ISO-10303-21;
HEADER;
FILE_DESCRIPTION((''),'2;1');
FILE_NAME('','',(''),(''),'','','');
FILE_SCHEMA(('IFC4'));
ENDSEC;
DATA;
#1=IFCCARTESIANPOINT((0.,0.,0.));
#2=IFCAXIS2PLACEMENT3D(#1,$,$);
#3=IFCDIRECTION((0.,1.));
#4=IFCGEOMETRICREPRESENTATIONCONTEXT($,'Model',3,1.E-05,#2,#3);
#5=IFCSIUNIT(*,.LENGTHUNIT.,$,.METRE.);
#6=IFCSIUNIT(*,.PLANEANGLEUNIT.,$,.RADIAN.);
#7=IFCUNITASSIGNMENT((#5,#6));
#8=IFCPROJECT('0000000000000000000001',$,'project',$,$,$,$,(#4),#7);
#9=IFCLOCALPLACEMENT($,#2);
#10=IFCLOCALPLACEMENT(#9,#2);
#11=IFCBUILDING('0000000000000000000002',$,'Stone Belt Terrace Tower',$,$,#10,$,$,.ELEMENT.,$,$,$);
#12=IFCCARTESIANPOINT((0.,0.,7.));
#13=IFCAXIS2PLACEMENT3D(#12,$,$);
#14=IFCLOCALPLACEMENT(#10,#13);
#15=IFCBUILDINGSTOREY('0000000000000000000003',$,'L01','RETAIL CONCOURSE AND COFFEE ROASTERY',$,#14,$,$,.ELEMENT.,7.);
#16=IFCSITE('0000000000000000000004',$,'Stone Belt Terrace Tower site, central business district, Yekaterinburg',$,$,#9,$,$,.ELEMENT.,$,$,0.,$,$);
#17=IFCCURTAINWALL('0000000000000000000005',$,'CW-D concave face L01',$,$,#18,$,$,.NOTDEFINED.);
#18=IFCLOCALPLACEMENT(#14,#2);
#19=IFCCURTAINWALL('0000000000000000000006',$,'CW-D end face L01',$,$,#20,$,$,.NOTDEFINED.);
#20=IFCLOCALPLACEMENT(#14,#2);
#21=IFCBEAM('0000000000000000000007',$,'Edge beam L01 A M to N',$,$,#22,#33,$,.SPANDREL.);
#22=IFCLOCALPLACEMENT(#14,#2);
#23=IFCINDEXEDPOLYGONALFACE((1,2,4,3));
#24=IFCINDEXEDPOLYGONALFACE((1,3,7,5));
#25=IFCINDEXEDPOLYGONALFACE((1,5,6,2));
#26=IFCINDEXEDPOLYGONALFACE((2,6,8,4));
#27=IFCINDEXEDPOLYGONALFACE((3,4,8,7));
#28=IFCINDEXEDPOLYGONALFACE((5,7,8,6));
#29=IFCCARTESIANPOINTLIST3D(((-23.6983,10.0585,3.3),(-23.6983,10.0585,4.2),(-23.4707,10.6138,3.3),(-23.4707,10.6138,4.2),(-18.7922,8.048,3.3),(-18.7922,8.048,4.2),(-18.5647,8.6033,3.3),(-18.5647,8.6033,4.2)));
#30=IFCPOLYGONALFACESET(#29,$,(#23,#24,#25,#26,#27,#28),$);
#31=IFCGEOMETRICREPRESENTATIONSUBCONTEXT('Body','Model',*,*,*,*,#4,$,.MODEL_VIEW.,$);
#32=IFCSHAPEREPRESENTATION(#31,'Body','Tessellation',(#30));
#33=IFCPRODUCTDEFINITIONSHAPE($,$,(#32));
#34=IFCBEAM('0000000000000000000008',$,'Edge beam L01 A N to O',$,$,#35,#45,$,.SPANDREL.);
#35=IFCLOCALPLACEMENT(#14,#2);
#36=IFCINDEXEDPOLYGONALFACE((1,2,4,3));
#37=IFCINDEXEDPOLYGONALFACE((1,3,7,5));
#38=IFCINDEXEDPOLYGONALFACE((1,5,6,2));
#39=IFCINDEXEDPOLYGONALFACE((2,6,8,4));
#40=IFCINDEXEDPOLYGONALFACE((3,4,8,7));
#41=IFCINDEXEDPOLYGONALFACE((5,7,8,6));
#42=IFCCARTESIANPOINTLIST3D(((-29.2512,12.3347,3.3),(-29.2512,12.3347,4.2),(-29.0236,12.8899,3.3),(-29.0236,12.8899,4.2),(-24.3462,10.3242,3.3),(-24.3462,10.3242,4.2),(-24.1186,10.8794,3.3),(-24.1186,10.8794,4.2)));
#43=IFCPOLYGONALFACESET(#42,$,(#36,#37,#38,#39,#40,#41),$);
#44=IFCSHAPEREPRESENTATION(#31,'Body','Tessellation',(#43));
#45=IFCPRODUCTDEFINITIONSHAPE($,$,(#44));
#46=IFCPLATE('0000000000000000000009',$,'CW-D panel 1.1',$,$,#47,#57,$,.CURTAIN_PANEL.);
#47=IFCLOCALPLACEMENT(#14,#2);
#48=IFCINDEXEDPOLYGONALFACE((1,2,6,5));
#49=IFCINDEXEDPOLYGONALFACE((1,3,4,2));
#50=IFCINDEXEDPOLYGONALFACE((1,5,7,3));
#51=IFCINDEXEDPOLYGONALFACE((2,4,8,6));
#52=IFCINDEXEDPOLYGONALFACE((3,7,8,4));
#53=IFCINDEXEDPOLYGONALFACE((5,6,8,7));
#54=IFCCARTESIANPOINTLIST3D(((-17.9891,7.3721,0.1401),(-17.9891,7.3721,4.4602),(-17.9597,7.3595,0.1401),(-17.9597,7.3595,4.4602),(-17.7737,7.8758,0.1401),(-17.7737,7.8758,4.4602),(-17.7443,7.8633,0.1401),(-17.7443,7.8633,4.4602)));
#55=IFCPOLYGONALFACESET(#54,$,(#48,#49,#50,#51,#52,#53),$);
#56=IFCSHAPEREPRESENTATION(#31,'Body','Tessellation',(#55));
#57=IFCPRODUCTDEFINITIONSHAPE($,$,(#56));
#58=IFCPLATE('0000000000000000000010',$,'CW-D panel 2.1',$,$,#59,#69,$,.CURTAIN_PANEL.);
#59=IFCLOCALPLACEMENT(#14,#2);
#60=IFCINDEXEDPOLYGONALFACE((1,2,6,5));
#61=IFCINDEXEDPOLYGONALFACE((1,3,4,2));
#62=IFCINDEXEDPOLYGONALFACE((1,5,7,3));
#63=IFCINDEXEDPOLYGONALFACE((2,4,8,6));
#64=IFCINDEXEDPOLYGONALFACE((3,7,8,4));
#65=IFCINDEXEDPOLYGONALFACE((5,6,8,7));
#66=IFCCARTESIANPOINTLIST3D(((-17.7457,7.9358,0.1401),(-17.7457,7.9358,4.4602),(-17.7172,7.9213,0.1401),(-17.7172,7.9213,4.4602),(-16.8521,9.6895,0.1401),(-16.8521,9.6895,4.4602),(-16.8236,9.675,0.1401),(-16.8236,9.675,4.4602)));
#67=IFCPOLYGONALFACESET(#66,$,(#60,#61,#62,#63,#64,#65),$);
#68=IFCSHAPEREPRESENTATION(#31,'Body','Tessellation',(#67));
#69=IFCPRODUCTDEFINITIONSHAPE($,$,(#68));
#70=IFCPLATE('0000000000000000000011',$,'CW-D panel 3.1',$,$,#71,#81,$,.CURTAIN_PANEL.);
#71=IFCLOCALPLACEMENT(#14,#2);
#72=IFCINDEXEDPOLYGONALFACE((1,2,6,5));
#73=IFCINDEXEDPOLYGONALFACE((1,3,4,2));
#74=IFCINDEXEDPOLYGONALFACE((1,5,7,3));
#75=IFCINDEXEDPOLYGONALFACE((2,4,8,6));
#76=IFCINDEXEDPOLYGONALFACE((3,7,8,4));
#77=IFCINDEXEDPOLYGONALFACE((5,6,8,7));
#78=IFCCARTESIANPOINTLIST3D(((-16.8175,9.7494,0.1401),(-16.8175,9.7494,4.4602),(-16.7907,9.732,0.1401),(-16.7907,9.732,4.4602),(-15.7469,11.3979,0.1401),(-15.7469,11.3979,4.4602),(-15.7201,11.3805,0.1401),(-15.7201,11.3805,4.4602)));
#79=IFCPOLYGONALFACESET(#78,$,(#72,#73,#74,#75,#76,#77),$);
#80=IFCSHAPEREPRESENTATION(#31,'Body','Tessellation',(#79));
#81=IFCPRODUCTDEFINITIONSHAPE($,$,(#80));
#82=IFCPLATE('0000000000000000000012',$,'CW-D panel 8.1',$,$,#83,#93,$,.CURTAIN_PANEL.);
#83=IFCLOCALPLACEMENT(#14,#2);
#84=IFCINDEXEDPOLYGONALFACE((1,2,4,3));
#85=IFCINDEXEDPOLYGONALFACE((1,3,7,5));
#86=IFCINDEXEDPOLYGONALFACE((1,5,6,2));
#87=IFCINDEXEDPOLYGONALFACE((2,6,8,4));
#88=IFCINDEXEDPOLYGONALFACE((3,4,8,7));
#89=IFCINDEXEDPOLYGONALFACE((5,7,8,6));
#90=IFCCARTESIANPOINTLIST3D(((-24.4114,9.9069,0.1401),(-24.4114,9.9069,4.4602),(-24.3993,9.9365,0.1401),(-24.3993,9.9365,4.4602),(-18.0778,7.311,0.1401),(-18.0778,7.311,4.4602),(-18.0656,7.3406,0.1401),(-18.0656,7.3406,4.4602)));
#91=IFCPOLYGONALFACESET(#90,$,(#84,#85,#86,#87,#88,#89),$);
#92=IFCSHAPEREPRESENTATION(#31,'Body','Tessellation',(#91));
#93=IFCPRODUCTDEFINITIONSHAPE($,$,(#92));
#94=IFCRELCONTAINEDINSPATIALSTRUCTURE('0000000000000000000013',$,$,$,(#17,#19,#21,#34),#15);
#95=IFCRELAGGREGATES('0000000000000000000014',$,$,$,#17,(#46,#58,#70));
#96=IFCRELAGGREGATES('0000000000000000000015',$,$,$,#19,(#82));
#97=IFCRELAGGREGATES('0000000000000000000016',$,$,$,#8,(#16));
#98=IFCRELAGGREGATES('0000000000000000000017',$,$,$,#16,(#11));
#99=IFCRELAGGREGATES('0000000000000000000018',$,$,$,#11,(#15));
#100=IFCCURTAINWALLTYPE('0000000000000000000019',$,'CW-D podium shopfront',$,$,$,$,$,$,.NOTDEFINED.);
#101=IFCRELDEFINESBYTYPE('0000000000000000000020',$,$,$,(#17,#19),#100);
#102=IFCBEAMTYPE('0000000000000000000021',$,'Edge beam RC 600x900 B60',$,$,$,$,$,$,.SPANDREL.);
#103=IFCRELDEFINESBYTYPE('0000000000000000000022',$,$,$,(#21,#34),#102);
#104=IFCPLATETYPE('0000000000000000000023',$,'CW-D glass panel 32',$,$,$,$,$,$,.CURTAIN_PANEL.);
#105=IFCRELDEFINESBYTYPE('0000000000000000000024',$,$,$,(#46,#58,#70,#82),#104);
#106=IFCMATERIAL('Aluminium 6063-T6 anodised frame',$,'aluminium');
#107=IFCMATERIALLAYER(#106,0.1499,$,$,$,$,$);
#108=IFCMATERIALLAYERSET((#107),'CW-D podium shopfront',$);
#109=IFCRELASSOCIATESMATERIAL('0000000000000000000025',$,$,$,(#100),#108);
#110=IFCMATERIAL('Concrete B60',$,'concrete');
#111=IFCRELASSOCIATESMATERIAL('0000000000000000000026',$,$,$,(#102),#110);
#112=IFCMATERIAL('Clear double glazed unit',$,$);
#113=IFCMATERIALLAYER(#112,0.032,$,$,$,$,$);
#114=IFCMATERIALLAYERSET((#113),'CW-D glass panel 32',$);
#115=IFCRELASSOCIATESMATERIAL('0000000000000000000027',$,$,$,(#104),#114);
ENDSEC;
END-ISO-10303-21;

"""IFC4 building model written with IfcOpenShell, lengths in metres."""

from ifc_helpers import new_model, si_unit, direction, frame, origin, origin_2d, place, context, subcontext, project, spatial, rectangle, extrude, material, layer, layer_set, material_profile, profile_set, type_object, element, aggregate, save


model = new_model("IFC4")

# Units and contexts
model_context = context("Model", 3, precision=1e-05, world=origin(), true_north=direction((0.0, 1.0)))
body_context = subcontext(model_context, "Body", "Model", "MODEL_VIEW")
ifc_project = project(units=[si_unit("LENGTHUNIT", "METRE"), si_unit("PLANEANGLEUNIT", "RADIAN")], contexts=[model_context])

# Site, building, storey
site_placement = place(None, origin())
site = spatial("IfcSite", under=ifc_project, at=site_placement, Name="Stone Belt Terrace Tower site, central business district, Yekaterinburg", CompositionType="ELEMENT", RefElevation=0.0)
building_placement = place(site_placement, origin())
building = spatial("IfcBuilding", under=site, at=building_placement, Name="Stone Belt Terrace Tower", CompositionType="ELEMENT")
storey_placement = place(building_placement, frame((0.0, 0.0, 7.0)))
storey = spatial("IfcBuildingStorey", under=building, at=storey_placement, Name="L01", Description="RETAIL CONCOURSE AND COFFEE ROASTERY", CompositionType="ELEMENT", Elevation=7.0)

# Shared definitions
ifc_material_1 = material(Name="Concrete B60", Category="concrete")

# Curtain walls
ifc_material_2 = material(Name="Aluminium 6063-T6 anodised frame", Category="aluminium")
ifc_layer_1 = layer(ifc_material_2, 0.1499)
ifc_layer_set_1 = layer_set([ifc_layer_1], Name="CW-D podium shopfront")
curtain_wall_type = type_object("IfcCurtainWallType", Name="CW-D podium shopfront", PredefinedType="NOTDEFINED", material=ifc_layer_set_1)
curtain_wall_1_placement = place(storey_placement, origin())
curtain_wall_1 = element("IfcCurtainWall", 1, at=curtain_wall_1_placement, inside=storey, type_object=curtain_wall_type, Name="CW-D concave face L01", PredefinedType="NOTDEFINED")
curtain_wall_2_placement = place(storey_placement, origin())
curtain_wall_2 = element("IfcCurtainWall", 2, at=curtain_wall_2_placement, inside=storey, type_object=curtain_wall_type, Name="CW-D end face L01", PredefinedType="NOTDEFINED")

# Beams
ifc_material_profile_1 = material_profile(ifc_material_1, rectangle(XDim=0.6001, YDim=0.8999, at=origin_2d()), Name="RC 600x900")
ifc_profile_set_1 = profile_set([ifc_material_profile_1], Name="Concrete B60")
beam_type = type_object("IfcBeamType", Name="Edge beam RC 600x900 B60", PredefinedType="SPANDREL", material=ifc_profile_set_1)
beam_1_placement = place(storey_placement, frame((-18.6785, 8.3257, 3.75), z_axis=(-0.925316, 0.379198, 0.0), x_axis=(-0.379198, -0.925316, 0.0)))
element("IfcBeam", 3, at=beam_1_placement, inside=storey, type_object=beam_type, Name="Edge beam L01 A M to N", PredefinedType="SPANDREL", context=body_context, shape_type="SweptSolid", body=[
    extrude(rectangle(XDim=0.6001, YDim=0.8999, at=origin_2d()), origin(), (0.0, 0.0, 1.0), 5.302),
])
beam_2_placement = place(storey_placement, frame((-24.2324, 10.6018, 3.75), z_axis=(-0.925289, 0.379262, 0.0), x_axis=(-0.379262, -0.925289, 0.0)))
element("IfcBeam", 4, at=beam_2_placement, inside=storey, type_object=beam_type, Name="Edge beam L01 A N to O", PredefinedType="SPANDREL", context=body_context, shape_type="SweptSolid", body=[
    extrude(rectangle(XDim=0.6001, YDim=0.8999, at=origin_2d()), origin(), (0.0, 0.0, 1.0), 5.301),
])

# Plates
ifc_material_3 = material(Name="Clear double glazed unit")
ifc_layer_2 = layer(ifc_material_3, 0.032)
ifc_layer_set_2 = layer_set([ifc_layer_2], Name="CW-D glass panel 32")
plate_type = type_object("IfcPlateType", Name="CW-D glass panel 32", PredefinedType="CURTAIN_PANEL", material=ifc_layer_set_2)
plate_1_placement = place(storey_placement, frame((-17.8667, 7.6177, 0.1401), z_axis=(0.0, 0.0, 1.0), x_axis=(0.393034, 0.919524, 0.0)))
plate_1 = element("IfcPlate", 5, at=plate_1_placement, type_object=plate_type, Name="CW-D panel 1.1", PredefinedType="CURTAIN_PANEL", context=body_context, shape_type="SweptSolid", body=[
    extrude(rectangle(XDim=0.5479, YDim=0.032, at=origin_2d()), origin(), (0.0, 0.0, 1.0), 4.3201),
])
plate_2_placement = place(storey_placement, frame((-17.2847, 8.8054, 0.1401), z_axis=(0.0, 0.0, 1.0), x_axis=(0.45399, 0.891007, 0.0)))
plate_2 = element("IfcPlate", 6, at=plate_2_placement, type_object=plate_type, Name="CW-D panel 2.1", PredefinedType="CURTAIN_PANEL", context=body_context, shape_type="SweptSolid", body=[
    extrude(rectangle(XDim=1.9683, YDim=0.032, at=origin_2d()), origin(), (0.0, 0.0, 1.0), 4.3201),
])
plate_3_placement = place(storey_placement, frame((-16.2688, 10.5649, 0.1401), z_axis=(0.0, 0.0, 1.0), x_axis=(0.544639, 0.838671, 0.0)))
plate_3 = element("IfcPlate", 7, at=plate_3_placement, type_object=plate_type, Name="CW-D panel 3.1", PredefinedType="CURTAIN_PANEL", context=body_context, shape_type="SweptSolid", body=[
    extrude(rectangle(XDim=1.9656, YDim=0.032, at=origin_2d()), origin(), (0.0, 0.0, 1.0), 4.3201),
])
aggregate(curtain_wall_1, [plate_1, plate_2, plate_3])
plate_4_placement = place(storey_placement, frame((-21.2385, 8.6238, 0.1401), z_axis=(0.0, 0.0, 1.0), x_axis=(0.925297, -0.379243, 0.0)))
plate_4 = element("IfcPlate", 8, at=plate_4_placement, type_object=plate_type, Name="CW-D panel 8.1", PredefinedType="CURTAIN_PANEL", context=body_context, shape_type="SweptSolid", body=[
    extrude(rectangle(XDim=6.845, YDim=0.032, at=origin_2d()), origin(), (0.0, 0.0, 1.0), 4.3201),
])
aggregate(curtain_wall_2, [plate_4])

save(model, "model.ifc")
